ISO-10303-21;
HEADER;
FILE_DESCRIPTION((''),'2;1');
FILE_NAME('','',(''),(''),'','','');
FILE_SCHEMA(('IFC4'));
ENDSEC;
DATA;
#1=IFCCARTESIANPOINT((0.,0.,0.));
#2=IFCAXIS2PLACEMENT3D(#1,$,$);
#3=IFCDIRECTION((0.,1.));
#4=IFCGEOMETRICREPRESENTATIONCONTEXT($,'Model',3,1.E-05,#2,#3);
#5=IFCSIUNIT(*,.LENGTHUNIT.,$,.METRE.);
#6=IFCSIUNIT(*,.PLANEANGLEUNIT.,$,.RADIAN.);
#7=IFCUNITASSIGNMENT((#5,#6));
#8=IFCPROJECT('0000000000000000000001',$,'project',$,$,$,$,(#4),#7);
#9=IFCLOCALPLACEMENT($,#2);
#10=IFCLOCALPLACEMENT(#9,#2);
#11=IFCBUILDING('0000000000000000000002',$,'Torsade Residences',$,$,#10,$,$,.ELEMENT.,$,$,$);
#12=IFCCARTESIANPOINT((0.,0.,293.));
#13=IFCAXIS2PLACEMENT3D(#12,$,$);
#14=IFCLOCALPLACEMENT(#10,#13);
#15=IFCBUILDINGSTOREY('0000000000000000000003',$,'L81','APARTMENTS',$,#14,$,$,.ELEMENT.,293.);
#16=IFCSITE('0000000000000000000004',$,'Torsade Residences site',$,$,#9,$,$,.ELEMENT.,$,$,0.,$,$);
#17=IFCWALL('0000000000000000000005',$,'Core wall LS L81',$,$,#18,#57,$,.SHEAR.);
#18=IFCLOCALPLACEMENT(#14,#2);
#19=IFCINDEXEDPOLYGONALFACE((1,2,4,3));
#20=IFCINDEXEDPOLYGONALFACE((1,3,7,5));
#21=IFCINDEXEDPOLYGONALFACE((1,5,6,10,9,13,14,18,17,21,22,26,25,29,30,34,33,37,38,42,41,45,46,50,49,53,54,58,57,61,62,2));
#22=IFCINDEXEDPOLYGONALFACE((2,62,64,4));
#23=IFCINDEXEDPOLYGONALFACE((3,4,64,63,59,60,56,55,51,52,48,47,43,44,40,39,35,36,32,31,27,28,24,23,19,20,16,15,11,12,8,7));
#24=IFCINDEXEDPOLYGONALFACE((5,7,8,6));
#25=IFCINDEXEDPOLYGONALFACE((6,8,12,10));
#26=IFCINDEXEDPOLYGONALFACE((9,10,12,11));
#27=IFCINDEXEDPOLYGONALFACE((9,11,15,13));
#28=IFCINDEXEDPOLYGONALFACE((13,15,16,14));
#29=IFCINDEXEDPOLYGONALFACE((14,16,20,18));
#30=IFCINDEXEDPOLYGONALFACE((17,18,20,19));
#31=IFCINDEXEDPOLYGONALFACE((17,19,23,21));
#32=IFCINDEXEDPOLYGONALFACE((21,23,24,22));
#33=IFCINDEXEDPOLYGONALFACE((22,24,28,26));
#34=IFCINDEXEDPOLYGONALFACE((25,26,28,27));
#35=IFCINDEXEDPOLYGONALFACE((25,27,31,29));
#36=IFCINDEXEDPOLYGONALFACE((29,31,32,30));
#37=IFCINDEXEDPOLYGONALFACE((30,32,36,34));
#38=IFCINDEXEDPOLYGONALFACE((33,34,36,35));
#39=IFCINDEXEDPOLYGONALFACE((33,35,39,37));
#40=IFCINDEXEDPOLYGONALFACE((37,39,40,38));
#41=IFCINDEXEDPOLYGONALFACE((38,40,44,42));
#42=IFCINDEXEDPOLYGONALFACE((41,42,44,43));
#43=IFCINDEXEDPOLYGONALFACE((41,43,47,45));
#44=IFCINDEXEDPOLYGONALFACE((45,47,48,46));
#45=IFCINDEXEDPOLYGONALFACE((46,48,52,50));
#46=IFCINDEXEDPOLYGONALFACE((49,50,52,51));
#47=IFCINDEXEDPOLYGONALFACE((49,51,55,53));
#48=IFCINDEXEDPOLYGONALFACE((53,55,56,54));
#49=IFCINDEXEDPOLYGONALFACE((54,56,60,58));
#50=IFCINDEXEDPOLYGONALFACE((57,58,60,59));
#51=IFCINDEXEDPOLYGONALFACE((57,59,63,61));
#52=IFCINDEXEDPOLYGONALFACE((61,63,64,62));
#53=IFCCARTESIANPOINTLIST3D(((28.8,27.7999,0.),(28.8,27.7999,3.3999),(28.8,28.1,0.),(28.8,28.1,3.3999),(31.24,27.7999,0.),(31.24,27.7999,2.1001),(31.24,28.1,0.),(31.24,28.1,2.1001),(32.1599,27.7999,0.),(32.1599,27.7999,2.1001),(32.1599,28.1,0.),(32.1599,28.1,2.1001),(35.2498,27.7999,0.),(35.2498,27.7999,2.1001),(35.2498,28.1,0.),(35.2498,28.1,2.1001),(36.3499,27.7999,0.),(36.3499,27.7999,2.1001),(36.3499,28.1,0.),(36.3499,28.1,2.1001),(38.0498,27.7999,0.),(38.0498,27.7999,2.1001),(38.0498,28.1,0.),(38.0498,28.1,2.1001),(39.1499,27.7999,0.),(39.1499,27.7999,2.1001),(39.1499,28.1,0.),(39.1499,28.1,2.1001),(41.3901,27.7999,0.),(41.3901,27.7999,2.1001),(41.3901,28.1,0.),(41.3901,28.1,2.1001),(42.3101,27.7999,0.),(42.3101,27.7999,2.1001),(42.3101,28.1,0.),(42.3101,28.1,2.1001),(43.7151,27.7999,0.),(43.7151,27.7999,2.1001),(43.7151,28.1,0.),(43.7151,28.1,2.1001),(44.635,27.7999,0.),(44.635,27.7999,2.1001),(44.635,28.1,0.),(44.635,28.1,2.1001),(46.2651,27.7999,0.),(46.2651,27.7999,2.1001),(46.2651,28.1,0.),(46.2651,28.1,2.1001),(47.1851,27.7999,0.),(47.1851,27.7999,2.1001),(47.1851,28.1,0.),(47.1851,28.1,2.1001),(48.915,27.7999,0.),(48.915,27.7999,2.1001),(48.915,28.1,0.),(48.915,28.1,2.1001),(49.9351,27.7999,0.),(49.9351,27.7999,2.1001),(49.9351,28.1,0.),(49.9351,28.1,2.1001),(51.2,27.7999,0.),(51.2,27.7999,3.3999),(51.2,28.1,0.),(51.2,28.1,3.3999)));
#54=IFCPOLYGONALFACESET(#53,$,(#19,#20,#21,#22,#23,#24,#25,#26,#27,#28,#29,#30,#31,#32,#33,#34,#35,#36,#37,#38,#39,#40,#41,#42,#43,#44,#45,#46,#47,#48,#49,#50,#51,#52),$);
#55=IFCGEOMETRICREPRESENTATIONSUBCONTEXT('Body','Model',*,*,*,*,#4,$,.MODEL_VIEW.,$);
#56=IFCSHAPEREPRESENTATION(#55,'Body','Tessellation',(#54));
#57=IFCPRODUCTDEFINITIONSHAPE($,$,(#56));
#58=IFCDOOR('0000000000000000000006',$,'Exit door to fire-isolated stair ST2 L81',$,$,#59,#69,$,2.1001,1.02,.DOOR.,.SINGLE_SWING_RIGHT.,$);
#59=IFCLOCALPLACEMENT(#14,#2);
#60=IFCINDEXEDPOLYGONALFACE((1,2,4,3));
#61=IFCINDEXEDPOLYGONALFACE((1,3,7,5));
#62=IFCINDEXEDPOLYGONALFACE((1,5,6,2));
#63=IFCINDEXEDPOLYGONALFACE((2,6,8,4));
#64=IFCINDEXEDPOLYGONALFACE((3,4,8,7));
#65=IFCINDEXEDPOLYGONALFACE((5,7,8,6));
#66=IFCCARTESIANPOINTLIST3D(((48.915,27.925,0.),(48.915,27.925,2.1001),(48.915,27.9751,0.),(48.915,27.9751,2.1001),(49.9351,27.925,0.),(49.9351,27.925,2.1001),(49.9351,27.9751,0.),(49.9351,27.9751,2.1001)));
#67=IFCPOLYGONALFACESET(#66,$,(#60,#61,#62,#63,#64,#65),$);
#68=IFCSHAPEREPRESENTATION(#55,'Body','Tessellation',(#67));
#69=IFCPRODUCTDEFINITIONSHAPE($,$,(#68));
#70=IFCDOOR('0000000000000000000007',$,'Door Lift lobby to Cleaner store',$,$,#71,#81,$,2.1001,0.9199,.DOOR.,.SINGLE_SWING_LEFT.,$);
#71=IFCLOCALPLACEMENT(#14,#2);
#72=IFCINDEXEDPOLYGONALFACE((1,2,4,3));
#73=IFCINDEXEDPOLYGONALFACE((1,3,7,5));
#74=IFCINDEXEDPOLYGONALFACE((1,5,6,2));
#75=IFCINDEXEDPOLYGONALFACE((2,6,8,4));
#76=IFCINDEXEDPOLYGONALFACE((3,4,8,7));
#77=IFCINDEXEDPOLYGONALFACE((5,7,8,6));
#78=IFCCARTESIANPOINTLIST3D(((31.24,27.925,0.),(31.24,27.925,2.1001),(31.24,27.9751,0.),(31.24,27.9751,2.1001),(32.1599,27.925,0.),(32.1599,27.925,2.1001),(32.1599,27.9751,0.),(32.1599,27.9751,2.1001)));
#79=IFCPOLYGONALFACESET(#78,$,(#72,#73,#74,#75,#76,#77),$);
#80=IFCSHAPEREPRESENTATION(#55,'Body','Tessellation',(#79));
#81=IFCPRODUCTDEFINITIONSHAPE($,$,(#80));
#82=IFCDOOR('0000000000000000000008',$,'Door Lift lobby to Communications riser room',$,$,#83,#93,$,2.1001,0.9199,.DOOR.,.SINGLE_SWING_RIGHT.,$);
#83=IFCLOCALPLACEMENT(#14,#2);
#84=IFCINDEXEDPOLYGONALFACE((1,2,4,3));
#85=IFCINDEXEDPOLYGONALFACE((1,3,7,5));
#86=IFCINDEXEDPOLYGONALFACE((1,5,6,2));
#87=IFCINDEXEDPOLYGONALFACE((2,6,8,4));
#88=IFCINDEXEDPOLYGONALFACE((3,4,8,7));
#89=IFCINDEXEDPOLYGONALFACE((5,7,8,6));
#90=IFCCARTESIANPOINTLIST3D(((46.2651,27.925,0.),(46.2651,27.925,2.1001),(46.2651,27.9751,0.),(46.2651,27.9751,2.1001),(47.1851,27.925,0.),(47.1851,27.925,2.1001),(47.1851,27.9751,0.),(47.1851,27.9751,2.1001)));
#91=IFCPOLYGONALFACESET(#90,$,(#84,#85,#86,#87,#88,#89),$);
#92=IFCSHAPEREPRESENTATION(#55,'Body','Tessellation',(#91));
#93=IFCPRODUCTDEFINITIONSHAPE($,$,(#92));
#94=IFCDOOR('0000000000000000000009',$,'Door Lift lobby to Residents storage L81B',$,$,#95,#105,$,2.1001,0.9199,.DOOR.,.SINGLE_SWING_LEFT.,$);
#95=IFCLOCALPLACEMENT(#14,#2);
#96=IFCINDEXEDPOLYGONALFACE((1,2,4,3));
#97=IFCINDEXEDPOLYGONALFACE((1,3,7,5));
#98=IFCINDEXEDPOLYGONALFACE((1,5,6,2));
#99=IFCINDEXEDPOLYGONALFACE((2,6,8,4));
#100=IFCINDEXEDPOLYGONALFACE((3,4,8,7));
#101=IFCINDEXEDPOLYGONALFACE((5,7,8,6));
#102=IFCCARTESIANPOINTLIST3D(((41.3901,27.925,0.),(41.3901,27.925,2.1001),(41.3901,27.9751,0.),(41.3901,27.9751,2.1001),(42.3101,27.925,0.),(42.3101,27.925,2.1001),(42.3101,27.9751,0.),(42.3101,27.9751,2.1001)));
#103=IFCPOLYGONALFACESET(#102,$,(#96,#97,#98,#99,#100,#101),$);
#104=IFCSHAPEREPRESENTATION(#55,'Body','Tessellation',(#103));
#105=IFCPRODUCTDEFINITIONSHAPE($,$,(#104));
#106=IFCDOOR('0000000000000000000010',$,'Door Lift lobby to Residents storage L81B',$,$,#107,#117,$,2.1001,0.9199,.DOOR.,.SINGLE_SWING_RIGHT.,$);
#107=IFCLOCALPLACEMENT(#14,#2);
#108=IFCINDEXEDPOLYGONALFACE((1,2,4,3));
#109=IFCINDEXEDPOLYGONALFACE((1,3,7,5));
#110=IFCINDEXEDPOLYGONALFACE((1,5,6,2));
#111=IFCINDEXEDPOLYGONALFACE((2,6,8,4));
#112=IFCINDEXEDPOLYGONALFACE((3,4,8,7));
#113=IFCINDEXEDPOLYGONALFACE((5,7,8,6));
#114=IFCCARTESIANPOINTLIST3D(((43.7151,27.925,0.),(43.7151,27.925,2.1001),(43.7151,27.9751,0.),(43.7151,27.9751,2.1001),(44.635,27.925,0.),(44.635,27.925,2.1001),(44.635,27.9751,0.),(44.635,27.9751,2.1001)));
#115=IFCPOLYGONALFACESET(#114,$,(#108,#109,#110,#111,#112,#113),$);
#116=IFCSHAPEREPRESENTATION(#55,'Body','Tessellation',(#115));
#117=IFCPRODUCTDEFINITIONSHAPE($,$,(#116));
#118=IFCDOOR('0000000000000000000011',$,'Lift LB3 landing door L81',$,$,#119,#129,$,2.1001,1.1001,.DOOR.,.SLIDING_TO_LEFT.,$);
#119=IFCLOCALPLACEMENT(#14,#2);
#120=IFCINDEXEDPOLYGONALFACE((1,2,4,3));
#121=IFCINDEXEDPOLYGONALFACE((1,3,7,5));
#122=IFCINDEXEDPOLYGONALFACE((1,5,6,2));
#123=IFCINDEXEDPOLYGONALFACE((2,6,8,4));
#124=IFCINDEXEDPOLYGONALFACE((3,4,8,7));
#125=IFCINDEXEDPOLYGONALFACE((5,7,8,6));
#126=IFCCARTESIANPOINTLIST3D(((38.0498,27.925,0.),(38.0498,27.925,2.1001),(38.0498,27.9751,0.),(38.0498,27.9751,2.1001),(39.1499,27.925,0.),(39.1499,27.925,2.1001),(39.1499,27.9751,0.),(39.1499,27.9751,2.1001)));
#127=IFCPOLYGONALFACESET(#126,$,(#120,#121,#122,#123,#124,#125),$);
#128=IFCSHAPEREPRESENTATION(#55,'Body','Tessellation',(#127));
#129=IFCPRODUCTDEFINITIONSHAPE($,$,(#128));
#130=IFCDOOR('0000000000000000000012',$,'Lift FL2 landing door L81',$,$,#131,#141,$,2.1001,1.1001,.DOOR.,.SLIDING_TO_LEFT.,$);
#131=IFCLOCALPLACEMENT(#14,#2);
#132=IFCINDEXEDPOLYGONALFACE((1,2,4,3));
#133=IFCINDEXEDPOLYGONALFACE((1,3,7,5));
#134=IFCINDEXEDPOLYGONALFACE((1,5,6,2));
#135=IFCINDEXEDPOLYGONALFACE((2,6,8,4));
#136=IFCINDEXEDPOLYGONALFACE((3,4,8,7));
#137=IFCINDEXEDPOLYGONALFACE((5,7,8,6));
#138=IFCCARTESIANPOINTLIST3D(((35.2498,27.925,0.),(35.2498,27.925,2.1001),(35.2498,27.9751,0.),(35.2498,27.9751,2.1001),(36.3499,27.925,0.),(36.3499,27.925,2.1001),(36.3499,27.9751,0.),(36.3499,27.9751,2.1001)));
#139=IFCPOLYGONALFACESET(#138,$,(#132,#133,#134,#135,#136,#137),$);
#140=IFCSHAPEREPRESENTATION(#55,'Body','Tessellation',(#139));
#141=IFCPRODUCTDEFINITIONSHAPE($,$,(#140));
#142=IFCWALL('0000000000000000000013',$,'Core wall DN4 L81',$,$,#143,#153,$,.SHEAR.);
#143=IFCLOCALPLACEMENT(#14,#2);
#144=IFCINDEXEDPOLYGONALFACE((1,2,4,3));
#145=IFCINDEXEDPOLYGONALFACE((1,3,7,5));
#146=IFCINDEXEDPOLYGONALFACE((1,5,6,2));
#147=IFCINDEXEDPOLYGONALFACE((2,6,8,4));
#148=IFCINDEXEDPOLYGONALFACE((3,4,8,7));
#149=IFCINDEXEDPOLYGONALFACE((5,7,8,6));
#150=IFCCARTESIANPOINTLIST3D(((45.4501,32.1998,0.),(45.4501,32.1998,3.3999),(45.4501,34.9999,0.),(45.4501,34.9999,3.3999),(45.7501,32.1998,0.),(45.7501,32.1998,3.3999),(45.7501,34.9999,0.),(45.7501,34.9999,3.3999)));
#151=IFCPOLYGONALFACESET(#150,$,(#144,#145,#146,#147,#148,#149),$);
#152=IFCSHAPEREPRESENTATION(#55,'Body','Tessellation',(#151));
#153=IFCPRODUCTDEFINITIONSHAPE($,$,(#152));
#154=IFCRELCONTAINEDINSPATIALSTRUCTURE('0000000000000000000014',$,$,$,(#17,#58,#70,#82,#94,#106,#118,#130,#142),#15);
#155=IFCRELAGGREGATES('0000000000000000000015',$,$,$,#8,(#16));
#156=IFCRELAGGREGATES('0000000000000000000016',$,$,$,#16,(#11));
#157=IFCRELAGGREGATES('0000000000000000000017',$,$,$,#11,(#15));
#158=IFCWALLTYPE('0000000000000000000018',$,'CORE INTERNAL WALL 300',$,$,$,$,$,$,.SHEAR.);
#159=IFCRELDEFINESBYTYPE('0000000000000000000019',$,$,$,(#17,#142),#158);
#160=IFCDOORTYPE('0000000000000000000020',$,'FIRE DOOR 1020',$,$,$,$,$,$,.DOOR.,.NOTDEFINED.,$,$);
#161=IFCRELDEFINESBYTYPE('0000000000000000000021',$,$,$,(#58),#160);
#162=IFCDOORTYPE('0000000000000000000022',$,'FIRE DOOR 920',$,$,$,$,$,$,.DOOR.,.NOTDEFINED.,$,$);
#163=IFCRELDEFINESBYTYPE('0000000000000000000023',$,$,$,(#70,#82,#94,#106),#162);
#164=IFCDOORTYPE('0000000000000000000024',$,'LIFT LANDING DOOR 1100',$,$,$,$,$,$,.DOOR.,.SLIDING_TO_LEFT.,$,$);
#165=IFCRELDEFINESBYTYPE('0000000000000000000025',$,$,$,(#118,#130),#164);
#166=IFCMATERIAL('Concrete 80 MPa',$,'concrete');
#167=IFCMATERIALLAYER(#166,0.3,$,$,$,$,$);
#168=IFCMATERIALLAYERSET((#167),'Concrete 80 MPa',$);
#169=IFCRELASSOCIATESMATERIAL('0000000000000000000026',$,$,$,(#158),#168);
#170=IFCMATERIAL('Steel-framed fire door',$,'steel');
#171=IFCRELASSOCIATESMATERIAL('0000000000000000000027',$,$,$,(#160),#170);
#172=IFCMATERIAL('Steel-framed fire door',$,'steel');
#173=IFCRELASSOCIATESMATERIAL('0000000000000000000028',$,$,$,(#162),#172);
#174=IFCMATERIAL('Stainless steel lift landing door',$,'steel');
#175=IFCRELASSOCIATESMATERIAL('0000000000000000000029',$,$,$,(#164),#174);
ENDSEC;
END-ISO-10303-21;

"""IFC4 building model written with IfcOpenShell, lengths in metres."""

from ifc_helpers import new_model, si_unit, direction, frame, frame_2d, origin, place, context, subcontext, project, spatial, rectangle, extrude, material, layer, layer_set, type_object, element, fill, save


model = new_model("IFC4")

# Units and contexts
model_context = context("Model", 3, precision=1e-05, world=origin(), true_north=direction((0.0, 1.0)))
body_context = subcontext(model_context, "Body", "Model", "MODEL_VIEW")
ifc_project = project(units=[si_unit("LENGTHUNIT", "METRE"), si_unit("PLANEANGLEUNIT", "RADIAN")], contexts=[model_context])

# Site, building, storey
site_placement = place(None, origin())
site = spatial("IfcSite", under=ifc_project, at=site_placement, Name="Torsade Residences site", CompositionType="ELEMENT", RefElevation=0.0)
building_placement = place(site_placement, origin())
building = spatial("IfcBuilding", under=site, at=building_placement, Name="Torsade Residences", CompositionType="ELEMENT")
storey_placement = place(building_placement, frame((0.0, 0.0, 293.0)))
storey = spatial("IfcBuildingStorey", under=building, at=storey_placement, Name="L81", Description="APARTMENTS", CompositionType="ELEMENT", Elevation=293.0)

# Wall, openings, doors
ifc_material_1 = material(Name="Concrete 80 MPa", Category="concrete")
ifc_layer_1 = layer(ifc_material_1, 0.3)
ifc_layer_set_1 = layer_set([ifc_layer_1], Name="Concrete 80 MPa")
wall_type_1 = type_object("IfcWallType", Name="CORE INTERNAL WALL 300", PredefinedType="SHEAR", material=ifc_layer_set_1)
wall_1_placement = place(storey_placement, frame((51.2, 27.95, 0.0), z_axis=(0.0, 0.0, 1.0), x_axis=(-1.0, 0.0, 0.0)))
wall_1 = element("IfcWall", 1, at=wall_1_placement, inside=storey, type_object=wall_type_1, Name="Core wall LS L81", PredefinedType="SHEAR", context=body_context, shape_type="SweptSolid", body=[
    extrude(rectangle(XDim=22.3999, YDim=0.3, at=frame_2d((11.2, 0.0))), origin(), (0.0, 0.0, 1.0), 3.3999),
])
opening_1_placement = place(wall_1_placement, frame((19.04, 0.0, 0.0)))
opening_1 = element("IfcOpeningElement", 2, at=opening_1_placement, cuts=wall_1, PredefinedType="OPENING", context=body_context, shape_type="SweptSolid", body=[
    extrude(rectangle(XDim=0.9199, YDim=2.1001, at=frame_2d((0.46, 1.05))), frame((0.0, 0.1599, 0.0), z_axis=(0.0, -1.0, 0.0), x_axis=(1.0, 0.0, 0.0)), (0.0, 0.0, 1.0), 0.3201),
])
opening_2_placement = place(wall_1_placement, frame((1.2649, 0.0, 0.0)))
opening_2 = element("IfcOpeningElement", 3, at=opening_2_placement, cuts=wall_1, PredefinedType="OPENING", context=body_context, shape_type="SweptSolid", body=[
    extrude(rectangle(XDim=1.02, YDim=2.1001, at=frame_2d((0.51, 1.05))), frame((0.0, 0.1599, 0.0), z_axis=(0.0, -1.0, 0.0), x_axis=(1.0, 0.0, 0.0)), (0.0, 0.0, 1.0), 0.3201),
])
opening_3_placement = place(wall_1_placement, frame((4.0149, 0.0, 0.0)))
opening_3 = element("IfcOpeningElement", 4, at=opening_3_placement, cuts=wall_1, PredefinedType="OPENING", context=body_context, shape_type="SweptSolid", body=[
    extrude(rectangle(XDim=0.9199, YDim=2.1001, at=frame_2d((0.46, 1.05))), frame((0.0, 0.1599, 0.0), z_axis=(0.0, -1.0, 0.0), x_axis=(1.0, 0.0, 0.0)), (0.0, 0.0, 1.0), 0.3201),
])
opening_4_placement = place(wall_1_placement, frame((8.8899, 0.0, 0.0)))
opening_4 = element("IfcOpeningElement", 5, at=opening_4_placement, cuts=wall_1, PredefinedType="OPENING", context=body_context, shape_type="SweptSolid", body=[
    extrude(rectangle(XDim=0.9199, YDim=2.1001, at=frame_2d((0.46, 1.05))), frame((0.0, 0.1599, 0.0), z_axis=(0.0, -1.0, 0.0), x_axis=(1.0, 0.0, 0.0)), (0.0, 0.0, 1.0), 0.3201),
])
opening_5_placement = place(wall_1_placement, frame((6.5649, 0.0, 0.0)))
opening_5 = element("IfcOpeningElement", 6, at=opening_5_placement, cuts=wall_1, PredefinedType="OPENING", context=body_context, shape_type="SweptSolid", body=[
    extrude(rectangle(XDim=0.9199, YDim=2.1001, at=frame_2d((0.46, 1.05))), frame((0.0, 0.1599, 0.0), z_axis=(0.0, -1.0, 0.0), x_axis=(1.0, 0.0, 0.0)), (0.0, 0.0, 1.0), 0.3201),
])
opening_6_placement = place(wall_1_placement, frame((12.05, 0.0, 0.0)))
opening_6 = element("IfcOpeningElement", 7, at=opening_6_placement, cuts=wall_1, PredefinedType="OPENING", context=body_context, shape_type="SweptSolid", body=[
    extrude(rectangle(XDim=1.1001, YDim=2.1001, at=frame_2d((0.55, 1.05))), frame((0.0, 0.1599, 0.0), z_axis=(0.0, -1.0, 0.0), x_axis=(1.0, 0.0, 0.0)), (0.0, 0.0, 1.0), 0.3201),
])
opening_7_placement = place(wall_1_placement, frame((14.8501, 0.0, 0.0)))
opening_7 = element("IfcOpeningElement", 8, at=opening_7_placement, cuts=wall_1, PredefinedType="OPENING", context=body_context, shape_type="SweptSolid", body=[
    extrude(rectangle(XDim=1.1001, YDim=2.1001, at=frame_2d((0.55, 1.05))), frame((0.0, 0.1599, 0.0), z_axis=(0.0, -1.0, 0.0), x_axis=(1.0, 0.0, 0.0)), (0.0, 0.0, 1.0), 0.3201),
])
ifc_material_2 = material(Name="Steel-framed fire door", Category="steel")
door_type_1 = type_object("IfcDoorType", Name="FIRE DOOR 1020", OperationType="NOTDEFINED", PredefinedType="DOOR", material=ifc_material_2)
door_1_placement = place(opening_2_placement, origin())
door_1 = element("IfcDoor", 9, at=door_1_placement, inside=storey, type_object=door_type_1, Name="Exit door to fire-isolated stair ST2 L81", OperationType="SINGLE_SWING_RIGHT", OverallHeight=2.1001, OverallWidth=1.02, PredefinedType="DOOR", context=body_context, shape_type="SweptSolid", body=[
    extrude(rectangle(XDim=1.02, YDim=2.1001, at=frame_2d((0.51, 1.05))), frame((0.0, 0.0249, 0.0), z_axis=(0.0, -1.0, 0.0), x_axis=(1.0, 0.0, 0.0)), (0.0, 0.0, 1.0), 0.05),
])
fill(opening_2, door_1)
ifc_material_3 = material(Name="Steel-framed fire door", Category="steel")
door_type_2 = type_object("IfcDoorType", Name="FIRE DOOR 920", OperationType="NOTDEFINED", PredefinedType="DOOR", material=ifc_material_3)
door_2_placement = place(opening_1_placement, origin())
door_2 = element("IfcDoor", 10, at=door_2_placement, inside=storey, type_object=door_type_2, Name="Door Lift lobby to Cleaner store", OperationType="SINGLE_SWING_LEFT", OverallHeight=2.1001, OverallWidth=0.9199, PredefinedType="DOOR", context=body_context, shape_type="SweptSolid", body=[
    extrude(rectangle(XDim=0.9199, YDim=2.1001, at=frame_2d((0.46, 1.05))), frame((0.0, 0.0249, 0.0), z_axis=(0.0, -1.0, 0.0), x_axis=(1.0, 0.0, 0.0)), (0.0, 0.0, 1.0), 0.05),
])
fill(opening_1, door_2)
door_3_placement = place(opening_3_placement, origin())
door_3 = element("IfcDoor", 11, at=door_3_placement, inside=storey, type_object=door_type_2, Name="Door Lift lobby to Communications riser room", OperationType="SINGLE_SWING_RIGHT", OverallHeight=2.1001, OverallWidth=0.9199, PredefinedType="DOOR", context=body_context, shape_type="SweptSolid", body=[
    extrude(rectangle(XDim=0.9199, YDim=2.1001, at=frame_2d((0.46, 1.05))), frame((0.0, 0.0249, 0.0), z_axis=(0.0, -1.0, 0.0), x_axis=(1.0, 0.0, 0.0)), (0.0, 0.0, 1.0), 0.05),
])
fill(opening_3, door_3)
door_4_placement = place(opening_4_placement, origin())
door_4 = element("IfcDoor", 12, at=door_4_placement, inside=storey, type_object=door_type_2, Name="Door Lift lobby to Residents storage L81B", OperationType="SINGLE_SWING_LEFT", OverallHeight=2.1001, OverallWidth=0.9199, PredefinedType="DOOR", context=body_context, shape_type="SweptSolid", body=[
    extrude(rectangle(XDim=0.9199, YDim=2.1001, at=frame_2d((0.46, 1.05))), frame((0.0, 0.0249, 0.0), z_axis=(0.0, -1.0, 0.0), x_axis=(1.0, 0.0, 0.0)), (0.0, 0.0, 1.0), 0.05),
])
fill(opening_4, door_4)
door_5_placement = place(opening_5_placement, origin())
door_5 = element("IfcDoor", 13, at=door_5_placement, inside=storey, type_object=door_type_2, Name="Door Lift lobby to Residents storage L81B", OperationType="SINGLE_SWING_RIGHT", OverallHeight=2.1001, OverallWidth=0.9199, PredefinedType="DOOR", context=body_context, shape_type="SweptSolid", body=[
    extrude(rectangle(XDim=0.9199, YDim=2.1001, at=frame_2d((0.46, 1.05))), frame((0.0, 0.0249, 0.0), z_axis=(0.0, -1.0, 0.0), x_axis=(1.0, 0.0, 0.0)), (0.0, 0.0, 1.0), 0.05),
])
fill(opening_5, door_5)
ifc_material_4 = material(Name="Stainless steel lift landing door", Category="steel")
door_type_3 = type_object("IfcDoorType", Name="LIFT LANDING DOOR 1100", OperationType="SLIDING_TO_LEFT", PredefinedType="DOOR", material=ifc_material_4)
door_6_placement = place(opening_6_placement, origin())
door_6 = element("IfcDoor", 14, at=door_6_placement, inside=storey, type_object=door_type_3, Name="Lift LB3 landing door L81", OperationType="SLIDING_TO_LEFT", OverallHeight=2.1001, OverallWidth=1.1001, PredefinedType="DOOR", context=body_context, shape_type="SweptSolid", body=[
    extrude(rectangle(XDim=1.1001, YDim=2.1001, at=frame_2d((0.55, 1.05))), frame((0.0, 0.0249, 0.0), z_axis=(0.0, -1.0, 0.0), x_axis=(1.0, 0.0, 0.0)), (0.0, 0.0, 1.0), 0.05),
])
fill(opening_6, door_6)
door_7_placement = place(opening_7_placement, origin())
door_7 = element("IfcDoor", 15, at=door_7_placement, inside=storey, type_object=door_type_3, Name="Lift FL2 landing door L81", OperationType="SLIDING_TO_LEFT", OverallHeight=2.1001, OverallWidth=1.1001, PredefinedType="DOOR", context=body_context, shape_type="SweptSolid", body=[
    extrude(rectangle(XDim=1.1001, YDim=2.1001, at=frame_2d((0.55, 1.05))), frame((0.0, 0.0249, 0.0), z_axis=(0.0, -1.0, 0.0), x_axis=(1.0, 0.0, 0.0)), (0.0, 0.0, 1.0), 0.05),
])
fill(opening_7, door_7)

# Wall
wall_2_placement = place(storey_placement, frame((45.6001, 32.2, 0.0), z_axis=(0.0, 0.0, 1.0), x_axis=(0.0, 1.0, 0.0)))
element("IfcWall", 16, at=wall_2_placement, inside=storey, type_object=wall_type_1, Name="Core wall DN4 L81", PredefinedType="SHEAR", context=body_context, shape_type="SweptSolid", body=[
    extrude(rectangle(XDim=2.8, YDim=0.3, at=frame_2d((1.3999, 0.0))), origin(), (0.0, 0.0, 1.0), 3.3999),
])

save(model, "model.ifc")
